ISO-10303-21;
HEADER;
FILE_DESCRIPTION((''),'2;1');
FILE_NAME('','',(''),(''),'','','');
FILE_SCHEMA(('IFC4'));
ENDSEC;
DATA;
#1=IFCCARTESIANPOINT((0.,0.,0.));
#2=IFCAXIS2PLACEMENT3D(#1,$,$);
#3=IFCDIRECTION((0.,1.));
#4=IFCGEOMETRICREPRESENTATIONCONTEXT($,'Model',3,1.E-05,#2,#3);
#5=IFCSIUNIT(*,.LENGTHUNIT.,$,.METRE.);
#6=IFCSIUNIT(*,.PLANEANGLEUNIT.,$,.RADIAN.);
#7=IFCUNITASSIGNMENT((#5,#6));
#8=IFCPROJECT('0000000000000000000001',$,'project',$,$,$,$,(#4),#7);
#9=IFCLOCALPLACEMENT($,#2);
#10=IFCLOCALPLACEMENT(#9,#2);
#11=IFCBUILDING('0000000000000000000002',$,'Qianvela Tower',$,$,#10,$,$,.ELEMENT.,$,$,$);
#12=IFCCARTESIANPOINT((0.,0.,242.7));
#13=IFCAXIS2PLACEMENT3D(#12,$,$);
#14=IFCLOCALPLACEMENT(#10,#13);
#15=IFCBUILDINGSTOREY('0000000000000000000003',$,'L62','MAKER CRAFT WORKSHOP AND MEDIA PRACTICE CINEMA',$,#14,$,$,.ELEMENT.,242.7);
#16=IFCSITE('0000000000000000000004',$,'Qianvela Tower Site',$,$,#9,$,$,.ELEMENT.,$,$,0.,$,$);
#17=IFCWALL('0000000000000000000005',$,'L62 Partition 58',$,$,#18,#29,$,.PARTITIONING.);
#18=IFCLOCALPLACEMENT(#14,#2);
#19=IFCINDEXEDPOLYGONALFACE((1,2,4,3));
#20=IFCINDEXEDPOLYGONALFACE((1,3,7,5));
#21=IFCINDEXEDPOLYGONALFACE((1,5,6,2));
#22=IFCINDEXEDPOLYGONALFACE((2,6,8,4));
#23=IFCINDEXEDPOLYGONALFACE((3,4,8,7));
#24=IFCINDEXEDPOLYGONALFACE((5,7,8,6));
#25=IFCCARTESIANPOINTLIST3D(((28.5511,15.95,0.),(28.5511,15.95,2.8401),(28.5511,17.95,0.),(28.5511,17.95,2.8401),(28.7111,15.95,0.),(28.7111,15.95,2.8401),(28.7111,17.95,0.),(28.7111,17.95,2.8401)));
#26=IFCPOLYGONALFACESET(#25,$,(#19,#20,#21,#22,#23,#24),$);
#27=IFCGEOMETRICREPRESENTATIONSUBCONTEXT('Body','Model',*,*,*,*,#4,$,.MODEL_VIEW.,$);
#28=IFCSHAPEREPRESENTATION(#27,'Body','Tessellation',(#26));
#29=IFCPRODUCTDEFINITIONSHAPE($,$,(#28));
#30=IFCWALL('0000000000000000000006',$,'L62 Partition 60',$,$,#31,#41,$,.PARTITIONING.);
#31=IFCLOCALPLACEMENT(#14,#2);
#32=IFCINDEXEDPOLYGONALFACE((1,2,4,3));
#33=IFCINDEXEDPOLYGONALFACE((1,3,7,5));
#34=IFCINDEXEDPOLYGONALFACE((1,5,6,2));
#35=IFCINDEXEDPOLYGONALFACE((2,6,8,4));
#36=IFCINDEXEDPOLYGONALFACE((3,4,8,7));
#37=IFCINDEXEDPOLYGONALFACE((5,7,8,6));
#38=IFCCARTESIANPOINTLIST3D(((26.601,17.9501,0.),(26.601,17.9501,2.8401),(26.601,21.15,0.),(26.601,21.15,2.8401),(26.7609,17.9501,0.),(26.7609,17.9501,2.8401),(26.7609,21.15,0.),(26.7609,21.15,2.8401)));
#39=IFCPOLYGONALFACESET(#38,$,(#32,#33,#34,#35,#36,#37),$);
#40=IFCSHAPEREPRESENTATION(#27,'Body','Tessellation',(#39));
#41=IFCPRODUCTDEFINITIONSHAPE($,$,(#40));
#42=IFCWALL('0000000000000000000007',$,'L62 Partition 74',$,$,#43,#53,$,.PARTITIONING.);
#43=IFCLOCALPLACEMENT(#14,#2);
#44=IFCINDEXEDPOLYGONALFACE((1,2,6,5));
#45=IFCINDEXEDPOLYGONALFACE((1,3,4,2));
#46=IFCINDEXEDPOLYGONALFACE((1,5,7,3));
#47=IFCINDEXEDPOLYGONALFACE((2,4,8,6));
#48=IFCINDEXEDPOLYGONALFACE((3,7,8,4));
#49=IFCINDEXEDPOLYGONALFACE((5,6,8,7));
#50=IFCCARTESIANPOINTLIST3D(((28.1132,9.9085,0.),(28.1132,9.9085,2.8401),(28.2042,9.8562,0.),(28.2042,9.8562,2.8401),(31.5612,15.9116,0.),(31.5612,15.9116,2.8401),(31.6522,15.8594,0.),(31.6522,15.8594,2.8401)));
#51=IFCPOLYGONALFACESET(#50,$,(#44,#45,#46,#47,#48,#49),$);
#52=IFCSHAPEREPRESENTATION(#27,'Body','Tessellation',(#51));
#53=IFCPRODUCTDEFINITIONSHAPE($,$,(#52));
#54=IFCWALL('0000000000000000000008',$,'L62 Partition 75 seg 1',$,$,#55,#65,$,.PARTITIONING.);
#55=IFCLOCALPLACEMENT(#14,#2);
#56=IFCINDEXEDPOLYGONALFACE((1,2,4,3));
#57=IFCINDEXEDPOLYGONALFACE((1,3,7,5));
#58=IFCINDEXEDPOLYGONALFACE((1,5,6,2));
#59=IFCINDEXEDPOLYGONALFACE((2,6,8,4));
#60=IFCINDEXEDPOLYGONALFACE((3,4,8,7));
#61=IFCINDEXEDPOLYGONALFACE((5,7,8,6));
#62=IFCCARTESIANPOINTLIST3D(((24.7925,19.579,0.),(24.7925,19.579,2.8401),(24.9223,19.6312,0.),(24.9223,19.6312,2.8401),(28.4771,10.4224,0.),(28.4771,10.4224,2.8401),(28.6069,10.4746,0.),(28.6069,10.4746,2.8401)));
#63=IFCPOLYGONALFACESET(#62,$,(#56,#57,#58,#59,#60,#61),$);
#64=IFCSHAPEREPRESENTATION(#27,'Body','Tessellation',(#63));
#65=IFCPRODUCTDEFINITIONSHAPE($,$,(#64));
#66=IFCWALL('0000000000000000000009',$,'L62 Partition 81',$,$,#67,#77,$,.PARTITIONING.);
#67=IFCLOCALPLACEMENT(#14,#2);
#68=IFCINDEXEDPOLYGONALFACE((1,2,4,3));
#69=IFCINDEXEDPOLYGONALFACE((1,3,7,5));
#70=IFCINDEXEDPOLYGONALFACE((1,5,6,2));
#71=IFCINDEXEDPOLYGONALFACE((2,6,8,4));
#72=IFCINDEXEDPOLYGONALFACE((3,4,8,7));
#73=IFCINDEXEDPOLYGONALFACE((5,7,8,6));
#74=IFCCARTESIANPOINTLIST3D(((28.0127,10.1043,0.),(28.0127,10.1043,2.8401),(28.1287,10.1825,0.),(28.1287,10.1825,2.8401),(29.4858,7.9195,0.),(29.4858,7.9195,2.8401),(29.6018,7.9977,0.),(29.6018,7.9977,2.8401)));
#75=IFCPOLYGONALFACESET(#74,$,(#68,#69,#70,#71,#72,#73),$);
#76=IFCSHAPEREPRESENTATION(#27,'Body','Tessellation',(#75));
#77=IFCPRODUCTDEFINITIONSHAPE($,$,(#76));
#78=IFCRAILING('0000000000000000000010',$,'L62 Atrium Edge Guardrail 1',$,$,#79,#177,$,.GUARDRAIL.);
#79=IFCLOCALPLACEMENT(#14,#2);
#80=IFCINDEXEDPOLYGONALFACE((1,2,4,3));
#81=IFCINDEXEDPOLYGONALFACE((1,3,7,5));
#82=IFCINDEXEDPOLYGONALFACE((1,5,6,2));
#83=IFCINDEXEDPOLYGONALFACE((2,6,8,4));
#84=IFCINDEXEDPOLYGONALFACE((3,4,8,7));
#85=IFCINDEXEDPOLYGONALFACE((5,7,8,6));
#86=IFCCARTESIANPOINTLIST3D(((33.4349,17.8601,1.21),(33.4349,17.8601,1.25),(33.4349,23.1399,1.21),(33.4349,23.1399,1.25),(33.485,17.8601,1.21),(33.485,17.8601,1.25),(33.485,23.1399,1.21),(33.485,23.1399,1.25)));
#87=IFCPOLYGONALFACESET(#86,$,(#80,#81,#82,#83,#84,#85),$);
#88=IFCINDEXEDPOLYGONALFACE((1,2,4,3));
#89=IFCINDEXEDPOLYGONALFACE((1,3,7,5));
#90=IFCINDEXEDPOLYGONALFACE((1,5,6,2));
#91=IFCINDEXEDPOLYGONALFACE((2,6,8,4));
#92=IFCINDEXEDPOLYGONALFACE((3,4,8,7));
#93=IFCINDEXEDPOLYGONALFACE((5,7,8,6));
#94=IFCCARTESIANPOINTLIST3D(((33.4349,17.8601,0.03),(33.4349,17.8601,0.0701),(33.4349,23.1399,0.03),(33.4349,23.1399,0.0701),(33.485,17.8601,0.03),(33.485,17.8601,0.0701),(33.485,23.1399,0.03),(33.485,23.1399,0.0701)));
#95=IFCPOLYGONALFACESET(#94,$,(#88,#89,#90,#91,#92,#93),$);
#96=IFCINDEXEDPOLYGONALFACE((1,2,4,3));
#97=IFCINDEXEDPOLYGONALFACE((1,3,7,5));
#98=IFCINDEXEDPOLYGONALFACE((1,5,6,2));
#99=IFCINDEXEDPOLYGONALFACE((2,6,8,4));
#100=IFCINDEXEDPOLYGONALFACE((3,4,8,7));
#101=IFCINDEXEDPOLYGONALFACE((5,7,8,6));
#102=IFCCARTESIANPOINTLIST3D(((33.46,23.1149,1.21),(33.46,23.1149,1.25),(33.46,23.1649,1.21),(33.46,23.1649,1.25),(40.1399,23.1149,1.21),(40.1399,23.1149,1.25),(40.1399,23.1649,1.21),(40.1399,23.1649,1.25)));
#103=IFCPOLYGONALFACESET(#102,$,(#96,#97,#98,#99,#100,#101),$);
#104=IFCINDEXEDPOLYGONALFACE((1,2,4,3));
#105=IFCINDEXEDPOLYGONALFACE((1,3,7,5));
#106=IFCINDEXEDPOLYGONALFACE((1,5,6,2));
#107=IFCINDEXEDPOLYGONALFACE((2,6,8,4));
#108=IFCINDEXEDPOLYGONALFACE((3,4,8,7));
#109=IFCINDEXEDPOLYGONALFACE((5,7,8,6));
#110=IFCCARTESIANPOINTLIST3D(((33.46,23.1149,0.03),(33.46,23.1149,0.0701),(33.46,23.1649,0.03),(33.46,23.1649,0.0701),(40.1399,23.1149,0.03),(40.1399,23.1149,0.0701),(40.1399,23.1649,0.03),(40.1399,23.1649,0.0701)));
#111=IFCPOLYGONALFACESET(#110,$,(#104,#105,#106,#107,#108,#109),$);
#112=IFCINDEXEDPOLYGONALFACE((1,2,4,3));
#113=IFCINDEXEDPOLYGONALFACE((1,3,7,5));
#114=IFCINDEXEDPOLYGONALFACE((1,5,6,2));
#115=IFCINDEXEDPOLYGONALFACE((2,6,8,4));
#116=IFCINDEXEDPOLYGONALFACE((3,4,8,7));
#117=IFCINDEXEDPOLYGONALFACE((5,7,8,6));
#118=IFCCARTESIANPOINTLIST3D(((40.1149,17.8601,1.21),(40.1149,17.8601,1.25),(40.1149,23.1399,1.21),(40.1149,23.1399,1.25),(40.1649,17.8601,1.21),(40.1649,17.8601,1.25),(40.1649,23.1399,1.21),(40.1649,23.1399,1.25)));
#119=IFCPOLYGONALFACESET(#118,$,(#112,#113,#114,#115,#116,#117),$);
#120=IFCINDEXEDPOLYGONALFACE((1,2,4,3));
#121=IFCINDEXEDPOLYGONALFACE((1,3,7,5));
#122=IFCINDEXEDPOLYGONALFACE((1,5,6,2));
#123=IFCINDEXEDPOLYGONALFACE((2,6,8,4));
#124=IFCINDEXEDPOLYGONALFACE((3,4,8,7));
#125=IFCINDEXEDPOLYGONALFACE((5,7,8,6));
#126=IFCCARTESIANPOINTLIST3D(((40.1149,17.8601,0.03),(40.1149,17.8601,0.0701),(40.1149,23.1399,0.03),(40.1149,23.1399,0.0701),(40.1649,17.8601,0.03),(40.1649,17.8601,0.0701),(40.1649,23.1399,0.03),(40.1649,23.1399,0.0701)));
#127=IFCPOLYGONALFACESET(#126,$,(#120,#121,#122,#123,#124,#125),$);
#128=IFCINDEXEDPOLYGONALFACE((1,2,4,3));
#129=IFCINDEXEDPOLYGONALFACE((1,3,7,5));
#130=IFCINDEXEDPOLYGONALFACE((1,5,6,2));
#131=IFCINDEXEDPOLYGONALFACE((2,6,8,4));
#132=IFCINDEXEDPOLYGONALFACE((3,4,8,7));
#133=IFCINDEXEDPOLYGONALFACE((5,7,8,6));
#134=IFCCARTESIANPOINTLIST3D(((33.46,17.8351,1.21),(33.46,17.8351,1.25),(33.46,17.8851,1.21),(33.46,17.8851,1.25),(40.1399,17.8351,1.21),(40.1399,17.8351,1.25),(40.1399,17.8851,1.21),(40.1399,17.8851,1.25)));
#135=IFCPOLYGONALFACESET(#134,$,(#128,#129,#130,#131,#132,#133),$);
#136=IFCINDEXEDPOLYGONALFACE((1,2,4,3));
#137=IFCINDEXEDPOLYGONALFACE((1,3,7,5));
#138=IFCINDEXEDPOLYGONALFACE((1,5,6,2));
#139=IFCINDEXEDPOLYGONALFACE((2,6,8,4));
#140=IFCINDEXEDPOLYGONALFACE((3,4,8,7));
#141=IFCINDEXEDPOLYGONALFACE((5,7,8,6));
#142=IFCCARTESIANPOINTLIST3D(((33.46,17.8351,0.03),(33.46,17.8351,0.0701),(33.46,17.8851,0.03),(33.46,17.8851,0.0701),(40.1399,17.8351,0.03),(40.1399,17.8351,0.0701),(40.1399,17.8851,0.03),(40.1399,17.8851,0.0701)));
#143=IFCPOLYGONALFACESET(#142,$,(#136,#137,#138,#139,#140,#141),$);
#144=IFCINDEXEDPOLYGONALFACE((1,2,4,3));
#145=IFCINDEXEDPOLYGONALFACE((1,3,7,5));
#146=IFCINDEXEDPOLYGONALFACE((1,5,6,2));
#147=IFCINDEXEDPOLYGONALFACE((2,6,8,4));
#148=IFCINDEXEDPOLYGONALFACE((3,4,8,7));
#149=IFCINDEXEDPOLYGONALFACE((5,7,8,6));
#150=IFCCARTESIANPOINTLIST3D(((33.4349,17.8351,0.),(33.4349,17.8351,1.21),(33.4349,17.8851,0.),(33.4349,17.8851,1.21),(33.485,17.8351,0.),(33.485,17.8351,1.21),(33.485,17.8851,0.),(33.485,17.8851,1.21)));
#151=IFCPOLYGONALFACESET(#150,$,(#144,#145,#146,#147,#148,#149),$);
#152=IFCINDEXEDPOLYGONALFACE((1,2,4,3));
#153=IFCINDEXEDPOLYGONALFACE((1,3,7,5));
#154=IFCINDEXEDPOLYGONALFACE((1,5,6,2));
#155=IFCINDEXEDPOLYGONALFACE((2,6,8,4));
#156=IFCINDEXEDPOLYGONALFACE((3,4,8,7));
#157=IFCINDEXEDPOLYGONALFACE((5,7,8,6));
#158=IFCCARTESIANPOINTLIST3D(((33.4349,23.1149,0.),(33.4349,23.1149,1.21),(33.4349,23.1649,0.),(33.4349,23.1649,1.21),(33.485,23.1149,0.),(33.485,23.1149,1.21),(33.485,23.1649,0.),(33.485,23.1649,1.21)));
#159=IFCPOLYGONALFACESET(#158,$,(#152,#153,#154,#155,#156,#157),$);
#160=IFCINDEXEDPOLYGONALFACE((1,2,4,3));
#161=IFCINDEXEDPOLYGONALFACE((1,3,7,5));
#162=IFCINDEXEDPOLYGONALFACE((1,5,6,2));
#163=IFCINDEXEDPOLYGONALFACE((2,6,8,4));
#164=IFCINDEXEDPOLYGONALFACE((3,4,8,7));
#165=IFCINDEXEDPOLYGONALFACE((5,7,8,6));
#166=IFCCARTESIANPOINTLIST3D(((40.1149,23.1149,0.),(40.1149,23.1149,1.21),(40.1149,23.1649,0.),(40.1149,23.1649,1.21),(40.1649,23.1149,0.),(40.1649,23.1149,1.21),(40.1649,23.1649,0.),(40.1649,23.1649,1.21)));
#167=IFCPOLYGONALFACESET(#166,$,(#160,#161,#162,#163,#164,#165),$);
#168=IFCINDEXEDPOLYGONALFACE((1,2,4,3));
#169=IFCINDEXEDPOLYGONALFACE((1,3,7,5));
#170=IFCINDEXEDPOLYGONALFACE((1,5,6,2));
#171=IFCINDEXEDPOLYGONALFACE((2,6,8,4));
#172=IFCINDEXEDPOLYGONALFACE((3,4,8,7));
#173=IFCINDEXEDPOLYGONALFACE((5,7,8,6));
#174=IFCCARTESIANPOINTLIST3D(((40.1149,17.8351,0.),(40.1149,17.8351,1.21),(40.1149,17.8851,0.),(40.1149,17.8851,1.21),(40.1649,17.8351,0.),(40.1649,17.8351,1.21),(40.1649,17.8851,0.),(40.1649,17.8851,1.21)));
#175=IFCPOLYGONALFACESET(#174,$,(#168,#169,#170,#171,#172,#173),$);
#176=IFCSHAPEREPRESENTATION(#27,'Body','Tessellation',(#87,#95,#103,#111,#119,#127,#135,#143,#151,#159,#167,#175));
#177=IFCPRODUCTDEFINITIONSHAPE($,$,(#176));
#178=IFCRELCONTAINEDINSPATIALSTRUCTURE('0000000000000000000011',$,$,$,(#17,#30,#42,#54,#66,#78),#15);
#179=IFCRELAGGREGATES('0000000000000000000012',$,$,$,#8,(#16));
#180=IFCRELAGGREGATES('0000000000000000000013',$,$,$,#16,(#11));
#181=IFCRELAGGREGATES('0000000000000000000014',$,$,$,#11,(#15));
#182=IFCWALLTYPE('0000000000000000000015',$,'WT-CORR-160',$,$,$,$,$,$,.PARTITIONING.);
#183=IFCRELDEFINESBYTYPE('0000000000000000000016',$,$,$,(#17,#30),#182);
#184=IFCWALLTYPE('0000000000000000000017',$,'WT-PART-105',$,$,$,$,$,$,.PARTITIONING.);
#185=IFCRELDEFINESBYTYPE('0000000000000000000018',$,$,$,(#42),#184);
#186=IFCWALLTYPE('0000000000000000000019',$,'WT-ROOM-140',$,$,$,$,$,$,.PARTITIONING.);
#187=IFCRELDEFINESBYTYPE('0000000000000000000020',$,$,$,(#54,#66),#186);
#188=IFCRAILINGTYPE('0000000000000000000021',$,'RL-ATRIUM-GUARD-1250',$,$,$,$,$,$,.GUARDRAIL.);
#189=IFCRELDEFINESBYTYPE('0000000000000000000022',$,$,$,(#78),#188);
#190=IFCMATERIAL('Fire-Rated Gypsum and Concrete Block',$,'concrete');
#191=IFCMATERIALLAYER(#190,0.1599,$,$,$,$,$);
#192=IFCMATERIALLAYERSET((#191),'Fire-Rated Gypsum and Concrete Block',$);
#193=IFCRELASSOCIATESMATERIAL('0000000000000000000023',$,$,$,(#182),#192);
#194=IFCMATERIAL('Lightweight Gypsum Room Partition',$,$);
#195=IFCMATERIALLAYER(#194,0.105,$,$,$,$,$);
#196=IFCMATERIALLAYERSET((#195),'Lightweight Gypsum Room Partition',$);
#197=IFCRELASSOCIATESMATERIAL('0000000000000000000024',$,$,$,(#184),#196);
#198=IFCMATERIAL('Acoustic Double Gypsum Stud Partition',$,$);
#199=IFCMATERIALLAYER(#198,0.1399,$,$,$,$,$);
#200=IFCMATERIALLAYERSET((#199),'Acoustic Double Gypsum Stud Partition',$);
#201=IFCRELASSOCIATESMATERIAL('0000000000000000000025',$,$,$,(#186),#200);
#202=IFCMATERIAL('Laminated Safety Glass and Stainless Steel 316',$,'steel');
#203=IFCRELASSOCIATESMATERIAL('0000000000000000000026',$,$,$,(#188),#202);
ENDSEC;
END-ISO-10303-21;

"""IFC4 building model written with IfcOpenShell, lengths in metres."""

from ifc_helpers import new_model, si_unit, direction, frame, frame_2d, origin, origin_2d, place, context, subcontext, project, spatial, rectangle, extrude, material, layer, layer_set, type_object, element, save


model = new_model("IFC4")

# Units and contexts
model_context = context("Model", 3, precision=1e-05, world=origin(), true_north=direction((0.0, 1.0)))
body_context = subcontext(model_context, "Body", "Model", "MODEL_VIEW")
ifc_project = project(units=[si_unit("LENGTHUNIT", "METRE"), si_unit("PLANEANGLEUNIT", "RADIAN")], contexts=[model_context])

# Site, building, storey
site_placement = place(None, origin())
site = spatial("IfcSite", under=ifc_project, at=site_placement, Name="Qianvela Tower Site", CompositionType="ELEMENT", RefElevation=0.0)
building_placement = place(site_placement, origin())
building = spatial("IfcBuilding", under=site, at=building_placement, Name="Qianvela Tower", CompositionType="ELEMENT")
storey_placement = place(building_placement, frame((0.0, 0.0, 242.7)))
storey = spatial("IfcBuildingStorey", under=building, at=storey_placement, Name="L62", Description="MAKER CRAFT WORKSHOP AND MEDIA PRACTICE CINEMA", CompositionType="ELEMENT", Elevation=242.7)

# Walls
ifc_material_1 = material(Name="Fire-Rated Gypsum and Concrete Block", Category="concrete")
ifc_layer_1 = layer(ifc_material_1, 0.1599)
ifc_layer_set_1 = layer_set([ifc_layer_1], Name="Fire-Rated Gypsum and Concrete Block")
wall_type_1 = type_object("IfcWallType", Name="WT-CORR-160", PredefinedType="PARTITIONING", material=ifc_layer_set_1)
wall_1_placement = place(storey_placement, frame((28.6311, 15.95, 0.0), z_axis=(0.0, 0.0, 1.0), x_axis=(0.0, 1.0, 0.0)))
element("IfcWall", 1, at=wall_1_placement, inside=storey, type_object=wall_type_1, Name="L62 Partition 58", PredefinedType="PARTITIONING", context=body_context, shape_type="SweptSolid", body=[
    extrude(rectangle(XDim=2.0, YDim=0.1599, at=frame_2d((1.0, 0.0))), origin(), (0.0, 0.0, 1.0), 2.8401),
])
wall_2_placement = place(storey_placement, frame((26.6809, 17.95, 0.0), z_axis=(0.0, 0.0, 1.0), x_axis=(0.0, 1.0, 0.0)))
element("IfcWall", 2, at=wall_2_placement, inside=storey, type_object=wall_type_1, Name="L62 Partition 60", PredefinedType="PARTITIONING", context=body_context, shape_type="SweptSolid", body=[
    extrude(rectangle(XDim=3.2, YDim=0.1599, at=frame_2d((1.6001, 0.0))), origin(), (0.0, 0.0, 1.0), 2.8401),
])
ifc_material_2 = material(Name="Lightweight Gypsum Room Partition")
ifc_layer_2 = layer(ifc_material_2, 0.105)
ifc_layer_set_2 = layer_set([ifc_layer_2], Name="Lightweight Gypsum Room Partition")
wall_type_2 = type_object("IfcWallType", Name="WT-PART-105", PredefinedType="PARTITIONING", material=ifc_layer_set_2)
wall_3_placement = place(storey_placement, frame((31.6067, 15.8855, 0.0), z_axis=(0.0, 0.0, 1.0), x_axis=(-0.498056, -0.867145, 0.0)))
element("IfcWall", 3, at=wall_3_placement, inside=storey, type_object=wall_type_2, Name="L62 Partition 74", PredefinedType="PARTITIONING", context=body_context, shape_type="SweptSolid", body=[
    extrude(rectangle(XDim=6.9229, YDim=0.105, at=frame_2d((3.4614, 0.0))), origin(), (0.0, 0.0, 1.0), 2.8401),
])
ifc_material_3 = material(Name="Acoustic Double Gypsum Stud Partition")
ifc_layer_3 = layer(ifc_material_3, 0.1399)
ifc_layer_set_3 = layer_set([ifc_layer_3], Name="Acoustic Double Gypsum Stud Partition")
wall_type_3 = type_object("IfcWallType", Name="WT-ROOM-140", PredefinedType="PARTITIONING", material=ifc_layer_set_3)
wall_4_placement = place(storey_placement, frame((28.542, 10.4485, 0.0), z_axis=(0.0, 0.0, 1.0), x_axis=(-0.373309, 0.927707, 0.0)))
element("IfcWall", 4, at=wall_4_placement, inside=storey, type_object=wall_type_3, Name="L62 Partition 75 seg 1", PredefinedType="PARTITIONING", context=body_context, shape_type="SweptSolid", body=[
    extrude(rectangle(XDim=9.8701, YDim=0.1399, at=frame_2d((4.9351, 0.0))), origin(), (0.0, 0.0, 1.0), 2.8401),
])
wall_5_placement = place(storey_placement, frame((29.5437, 7.9587, 0.0), z_axis=(0.0, 0.0, 1.0), x_axis=(-0.559054, 0.829131, 0.0)))
element("IfcWall", 5, at=wall_5_placement, inside=storey, type_object=wall_type_3, Name="L62 Partition 81", PredefinedType="PARTITIONING", context=body_context, shape_type="SweptSolid", body=[
    extrude(rectangle(XDim=2.635, YDim=0.1399, at=frame_2d((1.3174, 0.0))), origin(), (0.0, 0.0, 1.0), 2.8401),
])

# Railing
ifc_material_4 = material(Name="Laminated Safety Glass and Stainless Steel 316", Category="steel")
railing_type = type_object("IfcRailingType", Name="RL-ATRIUM-GUARD-1250", PredefinedType="GUARDRAIL", material=ifc_material_4)
railing_placement = place(storey_placement, frame((33.46, 17.8601, 0.0)))
element("IfcRailing", 6, at=railing_placement, inside=storey, type_object=railing_type, Name="L62 Atrium Edge Guardrail 1", PredefinedType="GUARDRAIL", context=body_context, shape_type="SweptSolid", body=[
    extrude(rectangle(XDim=0.05, YDim=0.04, at=origin_2d()), frame((0.0, 0.0, 1.23), z_axis=(0.0, 1.0, 0.0), x_axis=(-1.0, 0.0, 0.0)), (0.0, 0.0, 1.0), 5.2798),
    extrude(rectangle(XDim=0.05, YDim=0.04, at=origin_2d()), frame((0.0, 0.0, 0.05), z_axis=(0.0, 1.0, 0.0), x_axis=(-1.0, 0.0, 0.0)), (0.0, 0.0, 1.0), 5.2798),
    extrude(rectangle(XDim=0.05, YDim=0.04, at=origin_2d()), frame((0.0, 5.2798, 1.23), z_axis=(1.0, 0.0, 0.0), x_axis=(0.0, 1.0, 0.0)), (0.0, 0.0, 1.0), 6.6799),
    extrude(rectangle(XDim=0.05, YDim=0.04, at=origin_2d()), frame((0.0, 5.2798, 0.05), z_axis=(1.0, 0.0, 0.0), x_axis=(0.0, 1.0, 0.0)), (0.0, 0.0, 1.0), 6.6799),
    extrude(rectangle(XDim=0.05, YDim=0.04, at=origin_2d()), frame((6.6799, 5.2798, 1.23), z_axis=(0.0, -1.0, 0.0), x_axis=(1.0, 0.0, 0.0)), (0.0, 0.0, 1.0), 5.2798),
    extrude(rectangle(XDim=0.05, YDim=0.04, at=origin_2d()), frame((6.6799, 5.2798, 0.05), z_axis=(0.0, -1.0, 0.0), x_axis=(1.0, 0.0, 0.0)), (0.0, 0.0, 1.0), 5.2798),
    extrude(rectangle(XDim=0.05, YDim=0.04, at=origin_2d()), frame((6.6799, 0.0, 1.23), z_axis=(-1.0, 0.0, 0.0), x_axis=(0.0, -1.0, 0.0)), (0.0, 0.0, 1.0), 6.6799),
    extrude(rectangle(XDim=0.05, YDim=0.04, at=origin_2d()), frame((6.6799, 0.0, 0.05), z_axis=(-1.0, 0.0, 0.0), x_axis=(0.0, -1.0, 0.0)), (0.0, 0.0, 1.0), 6.6799),
    extrude(rectangle(XDim=0.05, YDim=0.05, at=origin_2d()), origin(), (0.0, 0.0, 1.0), 1.21),
    extrude(rectangle(XDim=0.05, YDim=0.05, at=origin_2d()), frame((0.0, 5.2798, 0.0)), (0.0, 0.0, 1.0), 1.21),
    extrude(rectangle(XDim=0.05, YDim=0.05, at=origin_2d()), frame((6.6799, 5.2798, 0.0)), (0.0, 0.0, 1.0), 1.21),
    extrude(rectangle(XDim=0.05, YDim=0.05, at=origin_2d()), frame((6.6799, 0.0, 0.0)), (0.0, 0.0, 1.0), 1.21),
])

save(model, "model.ifc")
